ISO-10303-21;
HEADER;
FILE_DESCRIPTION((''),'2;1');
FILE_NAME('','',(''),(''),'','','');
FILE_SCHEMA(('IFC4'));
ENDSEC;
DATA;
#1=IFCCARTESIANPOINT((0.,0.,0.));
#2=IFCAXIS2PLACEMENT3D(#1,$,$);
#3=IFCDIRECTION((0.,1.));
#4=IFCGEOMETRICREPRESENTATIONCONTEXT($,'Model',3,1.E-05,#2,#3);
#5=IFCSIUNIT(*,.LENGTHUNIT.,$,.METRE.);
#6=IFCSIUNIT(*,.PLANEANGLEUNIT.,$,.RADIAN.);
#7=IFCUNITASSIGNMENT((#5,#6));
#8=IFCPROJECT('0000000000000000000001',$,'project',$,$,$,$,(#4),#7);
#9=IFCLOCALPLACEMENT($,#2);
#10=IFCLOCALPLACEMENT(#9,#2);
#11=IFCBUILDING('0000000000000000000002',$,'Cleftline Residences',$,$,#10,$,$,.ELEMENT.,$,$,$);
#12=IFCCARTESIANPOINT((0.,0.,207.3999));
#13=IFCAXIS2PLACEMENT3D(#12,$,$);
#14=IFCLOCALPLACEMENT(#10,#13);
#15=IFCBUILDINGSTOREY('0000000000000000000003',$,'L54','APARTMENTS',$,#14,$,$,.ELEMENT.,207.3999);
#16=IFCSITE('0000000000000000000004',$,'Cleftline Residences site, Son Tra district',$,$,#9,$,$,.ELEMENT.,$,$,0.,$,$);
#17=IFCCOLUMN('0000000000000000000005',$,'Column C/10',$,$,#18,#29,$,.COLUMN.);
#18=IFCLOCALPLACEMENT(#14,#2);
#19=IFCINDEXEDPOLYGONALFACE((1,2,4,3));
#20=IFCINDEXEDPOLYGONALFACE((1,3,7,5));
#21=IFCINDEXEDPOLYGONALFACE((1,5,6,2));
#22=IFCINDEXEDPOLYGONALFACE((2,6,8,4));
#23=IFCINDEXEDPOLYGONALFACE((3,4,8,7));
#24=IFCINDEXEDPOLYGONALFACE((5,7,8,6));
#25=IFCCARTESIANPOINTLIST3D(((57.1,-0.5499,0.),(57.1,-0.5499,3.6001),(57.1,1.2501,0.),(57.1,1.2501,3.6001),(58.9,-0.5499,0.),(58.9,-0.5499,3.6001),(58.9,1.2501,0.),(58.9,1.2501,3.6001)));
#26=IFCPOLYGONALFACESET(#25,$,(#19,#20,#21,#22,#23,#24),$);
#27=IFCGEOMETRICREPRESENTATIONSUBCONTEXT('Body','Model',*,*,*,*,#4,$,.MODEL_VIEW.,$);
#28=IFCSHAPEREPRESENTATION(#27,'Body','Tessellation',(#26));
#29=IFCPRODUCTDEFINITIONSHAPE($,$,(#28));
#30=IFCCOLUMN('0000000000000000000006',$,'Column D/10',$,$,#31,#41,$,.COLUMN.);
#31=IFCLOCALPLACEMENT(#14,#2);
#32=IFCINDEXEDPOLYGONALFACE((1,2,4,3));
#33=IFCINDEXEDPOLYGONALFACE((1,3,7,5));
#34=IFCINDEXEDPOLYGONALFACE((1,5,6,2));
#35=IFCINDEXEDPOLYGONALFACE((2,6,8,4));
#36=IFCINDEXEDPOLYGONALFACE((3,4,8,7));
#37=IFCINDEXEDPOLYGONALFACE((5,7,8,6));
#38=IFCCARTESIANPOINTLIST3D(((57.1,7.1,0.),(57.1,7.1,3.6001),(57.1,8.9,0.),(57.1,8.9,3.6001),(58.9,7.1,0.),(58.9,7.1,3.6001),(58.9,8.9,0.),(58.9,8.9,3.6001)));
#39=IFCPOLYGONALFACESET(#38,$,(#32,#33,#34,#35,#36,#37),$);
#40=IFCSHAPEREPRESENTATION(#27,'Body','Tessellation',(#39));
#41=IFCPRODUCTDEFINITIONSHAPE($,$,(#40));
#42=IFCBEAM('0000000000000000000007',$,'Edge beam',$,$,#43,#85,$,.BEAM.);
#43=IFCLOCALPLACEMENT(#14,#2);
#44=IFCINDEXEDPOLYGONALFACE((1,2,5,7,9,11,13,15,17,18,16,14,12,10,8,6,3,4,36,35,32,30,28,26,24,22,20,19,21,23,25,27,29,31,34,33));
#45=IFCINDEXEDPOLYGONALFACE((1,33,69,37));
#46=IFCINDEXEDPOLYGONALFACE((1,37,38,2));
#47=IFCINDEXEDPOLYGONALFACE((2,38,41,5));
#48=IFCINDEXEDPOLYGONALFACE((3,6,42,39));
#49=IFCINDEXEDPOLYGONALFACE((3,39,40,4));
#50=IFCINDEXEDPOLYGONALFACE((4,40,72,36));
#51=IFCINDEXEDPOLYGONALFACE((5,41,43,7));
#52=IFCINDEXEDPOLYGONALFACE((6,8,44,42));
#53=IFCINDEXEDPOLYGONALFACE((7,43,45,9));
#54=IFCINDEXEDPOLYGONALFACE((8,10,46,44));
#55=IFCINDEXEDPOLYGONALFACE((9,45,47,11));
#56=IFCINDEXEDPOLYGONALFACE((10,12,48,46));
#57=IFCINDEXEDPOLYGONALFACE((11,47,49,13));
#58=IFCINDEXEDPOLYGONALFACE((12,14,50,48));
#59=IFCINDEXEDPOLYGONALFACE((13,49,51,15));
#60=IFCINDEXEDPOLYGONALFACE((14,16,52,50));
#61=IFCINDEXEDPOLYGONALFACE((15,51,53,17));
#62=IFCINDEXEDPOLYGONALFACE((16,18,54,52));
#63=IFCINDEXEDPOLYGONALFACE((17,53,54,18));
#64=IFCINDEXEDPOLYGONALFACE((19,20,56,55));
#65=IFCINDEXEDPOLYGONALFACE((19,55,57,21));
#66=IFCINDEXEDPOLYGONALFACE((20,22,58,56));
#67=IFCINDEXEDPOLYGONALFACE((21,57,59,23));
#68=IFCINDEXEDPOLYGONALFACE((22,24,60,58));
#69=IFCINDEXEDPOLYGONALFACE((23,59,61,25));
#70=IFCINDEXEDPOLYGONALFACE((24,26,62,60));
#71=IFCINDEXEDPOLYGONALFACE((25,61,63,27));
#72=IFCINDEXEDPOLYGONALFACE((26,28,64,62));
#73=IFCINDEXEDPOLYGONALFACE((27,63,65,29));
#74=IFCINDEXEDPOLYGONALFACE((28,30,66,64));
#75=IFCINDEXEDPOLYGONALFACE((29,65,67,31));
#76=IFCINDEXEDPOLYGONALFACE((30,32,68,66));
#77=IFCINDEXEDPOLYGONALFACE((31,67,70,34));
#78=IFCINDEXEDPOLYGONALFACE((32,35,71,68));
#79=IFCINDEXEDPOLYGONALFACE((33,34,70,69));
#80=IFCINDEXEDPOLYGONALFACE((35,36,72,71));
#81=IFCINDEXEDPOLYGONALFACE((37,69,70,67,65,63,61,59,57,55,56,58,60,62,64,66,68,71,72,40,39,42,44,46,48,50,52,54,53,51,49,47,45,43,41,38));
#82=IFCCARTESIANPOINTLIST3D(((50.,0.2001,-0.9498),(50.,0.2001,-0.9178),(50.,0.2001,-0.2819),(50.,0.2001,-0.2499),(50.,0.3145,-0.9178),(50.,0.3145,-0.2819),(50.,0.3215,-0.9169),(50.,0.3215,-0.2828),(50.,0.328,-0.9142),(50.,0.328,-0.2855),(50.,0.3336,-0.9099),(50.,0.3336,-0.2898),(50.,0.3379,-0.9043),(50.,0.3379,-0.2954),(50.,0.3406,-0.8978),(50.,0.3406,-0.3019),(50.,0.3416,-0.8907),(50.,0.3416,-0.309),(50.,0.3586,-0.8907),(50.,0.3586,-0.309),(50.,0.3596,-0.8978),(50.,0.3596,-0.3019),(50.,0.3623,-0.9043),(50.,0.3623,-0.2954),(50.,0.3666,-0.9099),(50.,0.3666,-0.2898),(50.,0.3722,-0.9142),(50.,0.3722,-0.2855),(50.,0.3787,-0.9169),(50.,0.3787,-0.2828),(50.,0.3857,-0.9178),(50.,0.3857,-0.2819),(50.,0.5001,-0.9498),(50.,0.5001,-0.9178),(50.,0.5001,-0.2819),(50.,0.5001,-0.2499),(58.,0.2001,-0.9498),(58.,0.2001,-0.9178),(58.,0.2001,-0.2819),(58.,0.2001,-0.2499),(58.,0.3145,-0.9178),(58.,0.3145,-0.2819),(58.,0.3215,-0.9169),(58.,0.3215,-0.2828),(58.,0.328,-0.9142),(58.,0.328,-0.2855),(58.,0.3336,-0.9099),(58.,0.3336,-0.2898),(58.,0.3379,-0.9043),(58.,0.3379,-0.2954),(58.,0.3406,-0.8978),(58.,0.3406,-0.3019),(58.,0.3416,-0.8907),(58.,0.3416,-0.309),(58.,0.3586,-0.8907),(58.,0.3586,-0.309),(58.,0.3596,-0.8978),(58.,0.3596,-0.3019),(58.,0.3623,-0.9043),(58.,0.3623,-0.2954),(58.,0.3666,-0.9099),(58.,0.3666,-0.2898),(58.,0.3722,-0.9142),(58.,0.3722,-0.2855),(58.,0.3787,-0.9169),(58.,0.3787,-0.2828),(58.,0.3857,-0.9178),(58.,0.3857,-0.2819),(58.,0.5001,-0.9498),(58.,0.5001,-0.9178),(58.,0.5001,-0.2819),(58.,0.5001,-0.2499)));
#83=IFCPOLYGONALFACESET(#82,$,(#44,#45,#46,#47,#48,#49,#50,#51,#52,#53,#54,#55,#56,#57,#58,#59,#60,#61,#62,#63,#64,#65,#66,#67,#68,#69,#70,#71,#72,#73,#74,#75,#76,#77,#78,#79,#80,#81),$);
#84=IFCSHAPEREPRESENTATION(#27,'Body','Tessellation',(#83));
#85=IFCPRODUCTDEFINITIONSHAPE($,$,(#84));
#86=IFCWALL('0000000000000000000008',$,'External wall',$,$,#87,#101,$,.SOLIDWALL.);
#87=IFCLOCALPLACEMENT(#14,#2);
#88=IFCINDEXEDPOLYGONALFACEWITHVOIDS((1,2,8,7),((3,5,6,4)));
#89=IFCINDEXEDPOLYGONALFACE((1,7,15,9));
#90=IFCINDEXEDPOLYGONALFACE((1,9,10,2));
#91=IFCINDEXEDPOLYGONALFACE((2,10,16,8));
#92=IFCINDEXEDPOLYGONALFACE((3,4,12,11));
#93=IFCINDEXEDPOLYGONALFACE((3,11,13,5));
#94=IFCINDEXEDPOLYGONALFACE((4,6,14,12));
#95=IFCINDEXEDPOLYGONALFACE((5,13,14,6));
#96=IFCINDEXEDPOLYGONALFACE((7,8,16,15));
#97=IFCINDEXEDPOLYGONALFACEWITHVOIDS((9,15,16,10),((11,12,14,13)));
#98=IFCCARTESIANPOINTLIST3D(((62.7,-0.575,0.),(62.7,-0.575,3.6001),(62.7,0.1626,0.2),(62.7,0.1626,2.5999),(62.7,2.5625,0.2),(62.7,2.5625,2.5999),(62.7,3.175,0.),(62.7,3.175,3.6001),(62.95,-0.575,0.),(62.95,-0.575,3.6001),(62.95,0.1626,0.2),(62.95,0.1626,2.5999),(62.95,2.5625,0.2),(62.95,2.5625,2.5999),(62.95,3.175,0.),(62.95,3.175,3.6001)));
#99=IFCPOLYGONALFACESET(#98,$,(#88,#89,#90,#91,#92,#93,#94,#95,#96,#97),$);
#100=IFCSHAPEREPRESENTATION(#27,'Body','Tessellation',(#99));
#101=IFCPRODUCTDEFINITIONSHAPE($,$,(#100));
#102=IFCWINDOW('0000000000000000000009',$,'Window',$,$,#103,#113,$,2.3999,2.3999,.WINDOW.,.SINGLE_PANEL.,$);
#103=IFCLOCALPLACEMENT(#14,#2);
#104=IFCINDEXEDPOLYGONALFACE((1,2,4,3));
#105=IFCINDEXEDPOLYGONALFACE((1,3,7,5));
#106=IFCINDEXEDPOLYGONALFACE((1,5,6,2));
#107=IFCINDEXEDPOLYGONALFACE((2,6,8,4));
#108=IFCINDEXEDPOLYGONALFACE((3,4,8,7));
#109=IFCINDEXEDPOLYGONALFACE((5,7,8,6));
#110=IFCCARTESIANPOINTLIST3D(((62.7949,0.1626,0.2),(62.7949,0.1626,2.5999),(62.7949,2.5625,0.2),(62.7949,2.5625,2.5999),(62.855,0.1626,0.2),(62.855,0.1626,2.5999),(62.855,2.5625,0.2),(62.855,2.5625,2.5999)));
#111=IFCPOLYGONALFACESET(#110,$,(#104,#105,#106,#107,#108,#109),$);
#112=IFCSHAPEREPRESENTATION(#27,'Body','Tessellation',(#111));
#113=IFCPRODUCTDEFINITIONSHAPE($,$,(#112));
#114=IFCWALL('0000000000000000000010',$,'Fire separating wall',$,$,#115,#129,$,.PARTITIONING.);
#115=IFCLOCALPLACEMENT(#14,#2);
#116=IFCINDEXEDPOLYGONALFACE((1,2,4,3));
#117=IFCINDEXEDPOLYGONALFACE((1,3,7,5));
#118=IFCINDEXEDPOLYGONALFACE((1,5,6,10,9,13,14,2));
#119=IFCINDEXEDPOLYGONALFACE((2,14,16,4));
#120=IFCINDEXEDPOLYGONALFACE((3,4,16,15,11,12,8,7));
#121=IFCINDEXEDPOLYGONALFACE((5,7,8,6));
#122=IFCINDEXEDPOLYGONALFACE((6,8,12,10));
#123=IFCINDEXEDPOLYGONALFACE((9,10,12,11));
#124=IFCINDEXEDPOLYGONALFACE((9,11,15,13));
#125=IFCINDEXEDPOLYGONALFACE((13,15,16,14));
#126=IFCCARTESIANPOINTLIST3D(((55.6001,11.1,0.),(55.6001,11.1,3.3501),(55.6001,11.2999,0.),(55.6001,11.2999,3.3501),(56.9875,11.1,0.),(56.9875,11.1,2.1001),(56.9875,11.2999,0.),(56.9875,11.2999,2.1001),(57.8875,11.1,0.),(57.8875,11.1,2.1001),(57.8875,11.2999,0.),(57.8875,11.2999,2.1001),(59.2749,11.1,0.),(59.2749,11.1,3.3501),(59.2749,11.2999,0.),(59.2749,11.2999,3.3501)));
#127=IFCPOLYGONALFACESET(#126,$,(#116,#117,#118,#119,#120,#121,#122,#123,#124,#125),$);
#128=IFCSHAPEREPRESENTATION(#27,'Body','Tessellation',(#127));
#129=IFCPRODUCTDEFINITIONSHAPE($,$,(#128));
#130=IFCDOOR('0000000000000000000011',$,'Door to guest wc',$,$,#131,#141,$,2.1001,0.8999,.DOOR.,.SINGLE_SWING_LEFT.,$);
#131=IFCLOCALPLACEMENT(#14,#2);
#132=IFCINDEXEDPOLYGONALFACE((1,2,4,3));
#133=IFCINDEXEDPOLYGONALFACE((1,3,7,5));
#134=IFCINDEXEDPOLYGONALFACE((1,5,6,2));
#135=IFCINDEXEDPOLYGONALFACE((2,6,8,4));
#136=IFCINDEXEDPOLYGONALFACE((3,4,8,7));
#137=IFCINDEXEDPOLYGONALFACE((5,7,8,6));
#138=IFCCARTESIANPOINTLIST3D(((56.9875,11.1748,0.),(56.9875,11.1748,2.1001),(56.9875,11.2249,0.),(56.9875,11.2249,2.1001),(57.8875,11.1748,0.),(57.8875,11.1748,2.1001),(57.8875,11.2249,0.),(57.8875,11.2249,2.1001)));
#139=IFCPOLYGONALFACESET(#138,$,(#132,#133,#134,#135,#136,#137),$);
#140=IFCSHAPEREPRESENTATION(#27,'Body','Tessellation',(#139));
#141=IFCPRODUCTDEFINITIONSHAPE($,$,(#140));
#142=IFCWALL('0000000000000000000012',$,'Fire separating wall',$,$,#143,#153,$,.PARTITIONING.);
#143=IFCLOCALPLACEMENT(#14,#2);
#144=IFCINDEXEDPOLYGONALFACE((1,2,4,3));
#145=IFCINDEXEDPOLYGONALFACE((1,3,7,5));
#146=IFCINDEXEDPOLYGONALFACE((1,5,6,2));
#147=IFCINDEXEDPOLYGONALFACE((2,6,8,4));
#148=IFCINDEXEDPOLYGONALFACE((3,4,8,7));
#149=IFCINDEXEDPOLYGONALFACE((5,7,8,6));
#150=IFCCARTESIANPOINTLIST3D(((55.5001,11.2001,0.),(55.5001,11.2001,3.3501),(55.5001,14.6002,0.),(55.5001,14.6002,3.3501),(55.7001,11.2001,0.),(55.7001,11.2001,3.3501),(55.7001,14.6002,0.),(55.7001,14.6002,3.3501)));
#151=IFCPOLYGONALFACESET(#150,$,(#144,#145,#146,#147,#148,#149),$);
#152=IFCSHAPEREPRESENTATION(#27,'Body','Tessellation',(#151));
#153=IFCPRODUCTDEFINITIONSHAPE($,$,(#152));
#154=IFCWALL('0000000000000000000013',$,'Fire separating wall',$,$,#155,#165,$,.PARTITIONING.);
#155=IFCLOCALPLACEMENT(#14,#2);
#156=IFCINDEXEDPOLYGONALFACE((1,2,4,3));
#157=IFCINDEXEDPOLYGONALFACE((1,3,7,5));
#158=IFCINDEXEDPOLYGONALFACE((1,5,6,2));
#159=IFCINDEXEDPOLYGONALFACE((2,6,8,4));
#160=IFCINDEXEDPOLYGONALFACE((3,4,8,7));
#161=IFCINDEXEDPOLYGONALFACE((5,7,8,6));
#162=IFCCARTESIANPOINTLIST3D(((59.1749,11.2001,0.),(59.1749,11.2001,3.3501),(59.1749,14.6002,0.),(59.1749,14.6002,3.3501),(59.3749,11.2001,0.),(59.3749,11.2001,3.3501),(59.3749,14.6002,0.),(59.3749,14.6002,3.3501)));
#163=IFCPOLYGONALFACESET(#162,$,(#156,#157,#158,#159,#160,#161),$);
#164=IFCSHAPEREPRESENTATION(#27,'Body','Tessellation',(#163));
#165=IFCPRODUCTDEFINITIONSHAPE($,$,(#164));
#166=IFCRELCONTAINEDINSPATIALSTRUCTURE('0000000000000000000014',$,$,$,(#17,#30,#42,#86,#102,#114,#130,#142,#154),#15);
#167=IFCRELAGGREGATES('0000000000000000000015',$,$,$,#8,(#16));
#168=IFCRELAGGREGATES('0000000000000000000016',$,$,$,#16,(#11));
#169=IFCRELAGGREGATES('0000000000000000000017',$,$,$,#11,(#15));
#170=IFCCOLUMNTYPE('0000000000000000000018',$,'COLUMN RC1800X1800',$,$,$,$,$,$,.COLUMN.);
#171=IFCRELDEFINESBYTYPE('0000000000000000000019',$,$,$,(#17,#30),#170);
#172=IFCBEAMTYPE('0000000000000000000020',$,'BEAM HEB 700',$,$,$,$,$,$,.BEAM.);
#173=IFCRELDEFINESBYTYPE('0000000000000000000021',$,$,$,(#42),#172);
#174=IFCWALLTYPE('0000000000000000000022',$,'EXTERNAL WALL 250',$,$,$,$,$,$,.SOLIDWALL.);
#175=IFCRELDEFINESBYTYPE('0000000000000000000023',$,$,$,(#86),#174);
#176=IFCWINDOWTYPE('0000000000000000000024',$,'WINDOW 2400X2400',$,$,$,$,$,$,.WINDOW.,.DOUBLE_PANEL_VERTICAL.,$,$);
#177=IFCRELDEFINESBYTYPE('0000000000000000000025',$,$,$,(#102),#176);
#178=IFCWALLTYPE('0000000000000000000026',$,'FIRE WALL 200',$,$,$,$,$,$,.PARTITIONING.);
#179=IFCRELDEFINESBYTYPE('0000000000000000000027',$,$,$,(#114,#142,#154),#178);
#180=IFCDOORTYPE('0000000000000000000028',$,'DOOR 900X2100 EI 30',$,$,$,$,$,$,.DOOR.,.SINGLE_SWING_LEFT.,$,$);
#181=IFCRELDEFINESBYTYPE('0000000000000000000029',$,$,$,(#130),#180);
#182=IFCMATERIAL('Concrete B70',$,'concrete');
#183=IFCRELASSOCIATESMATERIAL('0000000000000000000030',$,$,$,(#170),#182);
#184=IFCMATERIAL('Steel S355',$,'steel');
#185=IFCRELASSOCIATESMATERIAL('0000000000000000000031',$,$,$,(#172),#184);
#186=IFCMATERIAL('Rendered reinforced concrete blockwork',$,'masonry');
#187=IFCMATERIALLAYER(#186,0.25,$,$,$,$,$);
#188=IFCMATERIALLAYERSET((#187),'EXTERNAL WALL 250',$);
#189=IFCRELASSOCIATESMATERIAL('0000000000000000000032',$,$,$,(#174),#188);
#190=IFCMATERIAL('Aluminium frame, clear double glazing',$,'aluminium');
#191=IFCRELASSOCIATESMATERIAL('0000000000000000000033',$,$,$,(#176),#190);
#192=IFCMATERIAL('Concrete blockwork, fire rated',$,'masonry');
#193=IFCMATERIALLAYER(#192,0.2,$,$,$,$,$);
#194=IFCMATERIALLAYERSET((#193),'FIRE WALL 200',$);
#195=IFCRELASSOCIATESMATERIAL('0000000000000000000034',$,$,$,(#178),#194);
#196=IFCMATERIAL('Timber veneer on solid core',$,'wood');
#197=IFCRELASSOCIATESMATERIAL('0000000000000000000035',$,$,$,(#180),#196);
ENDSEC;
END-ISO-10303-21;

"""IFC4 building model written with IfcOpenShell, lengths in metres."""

from ifc_helpers import new_model, si_unit, direction, frame, frame_2d, origin, origin_2d, place, context, subcontext, project, spatial, rectangle, i_section, extrude, material, layer, layer_set, material_profile, profile_set, type_object, element, fill, save


model = new_model("IFC4")

# Units and contexts
model_context = context("Model", 3, precision=1e-05, world=origin(), true_north=direction((0.0, 1.0)))
body_context = subcontext(model_context, "Body", "Model", "MODEL_VIEW")
ifc_project = project(units=[si_unit("LENGTHUNIT", "METRE"), si_unit("PLANEANGLEUNIT", "RADIAN")], contexts=[model_context])

# Site, building, storey
site_placement = place(None, origin())
site = spatial("IfcSite", under=ifc_project, at=site_placement, Name="Cleftline Residences site, Son Tra district", CompositionType="ELEMENT", RefElevation=0.0)
building_placement = place(site_placement, origin())
building = spatial("IfcBuilding", under=site, at=building_placement, Name="Cleftline Residences", CompositionType="ELEMENT")
storey_placement = place(building_placement, frame((0.0, 0.0, 207.3999)))
storey = spatial("IfcBuildingStorey", under=building, at=storey_placement, Name="L54", Description="APARTMENTS", CompositionType="ELEMENT", Elevation=207.3999)

# Columns
ifc_material_1 = material(Name="Concrete B70", Category="concrete")
ifc_material_profile_1 = material_profile(ifc_material_1, rectangle(XDim=1.8, YDim=1.8, at=origin_2d()))
ifc_profile_set_1 = profile_set([ifc_material_profile_1], Name="Concrete B70")
column_type = type_object("IfcColumnType", Name="COLUMN RC1800X1800", PredefinedType="COLUMN", material=ifc_profile_set_1)
for number, where, z_axis, x_axis, name in (
    (1, (58.0, 0.3501, 0.0), (0.0, 0.0, 1.0), (1.0, 0.0, 0.0), "Column C/10"),
    (2, (58.0, 8.0, 0.0), (0.0, 0.0, 1.0), (1.0, 0.0, 0.0), "Column D/10"),
):
    element("IfcColumn", number, at=place(storey_placement, frame(where, z_axis=z_axis, x_axis=x_axis)), inside=storey, type_object=column_type, Name=name, PredefinedType="COLUMN", context=body_context, shape_type="SweptSolid", body=[
        extrude(rectangle(XDim=1.8, YDim=1.8, at=origin_2d()), origin(), (0.0, 0.0, 1.0), 3.6001),
    ])

# Beam
ifc_material_2 = material(Name="Steel S355", Category="steel")
ifc_material_profile_2 = material_profile(ifc_material_2, i_section(OverallWidth=0.3, OverallDepth=0.7, WebThickness=0.0171, FlangeThickness=0.032, FilletRadius=0.0271, at=origin_2d()))
ifc_profile_set_2 = profile_set([ifc_material_profile_2], Name="Steel S355")
beam_type = type_object("IfcBeamType", Name="BEAM HEB 700", PredefinedType="BEAM", material=ifc_profile_set_2)
beam_placement = place(storey_placement, frame((58.0, 0.3501, -0.5999), z_axis=(-1.0, 0.0, 0.0), x_axis=(0.0, -1.0, 0.0)))
element("IfcBeam", 3, at=beam_placement, inside=storey, type_object=beam_type, Name="Edge beam", PredefinedType="BEAM", context=body_context, shape_type="SweptSolid", body=[
    extrude(i_section(OverallWidth=0.3, OverallDepth=0.7, WebThickness=0.0171, FlangeThickness=0.032, FilletRadius=0.0271, at=origin_2d()), origin(), (0.0, 0.0, 1.0), 8.0),
])

# Wall, opening, window
ifc_material_3 = material(Name="Rendered reinforced concrete blockwork", Category="masonry")
ifc_layer_1 = layer(ifc_material_3, 0.25)
ifc_layer_set_1 = layer_set([ifc_layer_1], Name="EXTERNAL WALL 250")
wall_type_1 = type_object("IfcWallType", Name="EXTERNAL WALL 250", PredefinedType="SOLIDWALL", material=ifc_layer_set_1)
wall_1_placement = place(storey_placement, frame((62.825, -0.575, 0.0), z_axis=(0.0, 0.0, 1.0), x_axis=(0.0, 1.0, 0.0)))
wall_1 = element("IfcWall", 4, at=wall_1_placement, inside=storey, type_object=wall_type_1, Name="External wall", PredefinedType="SOLIDWALL", context=body_context, shape_type="SweptSolid", body=[
    extrude(rectangle(XDim=3.75, YDim=0.25, at=frame_2d((1.875, 0.0))), origin(), (0.0, 0.0, 1.0), 3.6001),
])
opening_1_placement = place(wall_1_placement, frame((0.7375, 0.0, 0.2)))
opening_1 = element("IfcOpeningElement", 5, at=opening_1_placement, cuts=wall_1, PredefinedType="OPENING", context=body_context, shape_type="SweptSolid", body=[
    extrude(rectangle(XDim=2.3999, YDim=2.3999, at=frame_2d((1.2, 1.2))), frame((0.0, 0.135, 0.0), z_axis=(0.0, -1.0, 0.0), x_axis=(1.0, 0.0, 0.0)), (0.0, 0.0, 1.0), 0.27),
])
ifc_material_4 = material(Name="Aluminium frame, clear double glazing", Category="aluminium")
window_type = type_object("IfcWindowType", Name="WINDOW 2400X2400", PartitioningType="DOUBLE_PANEL_VERTICAL", PredefinedType="WINDOW", material=ifc_material_4)
window_placement = place(opening_1_placement, origin())
window = element("IfcWindow", 6, at=window_placement, inside=storey, type_object=window_type, Name="Window", OverallHeight=2.3999, OverallWidth=2.3999, PartitioningType="SINGLE_PANEL", PredefinedType="WINDOW", context=body_context, shape_type="SweptSolid", body=[
    extrude(rectangle(XDim=2.3999, YDim=2.3999, at=frame_2d((1.2, 1.2))), frame((0.0, 0.03, 0.0), z_axis=(0.0, -1.0, 0.0), x_axis=(1.0, 0.0, 0.0)), (0.0, 0.0, 1.0), 0.0601),
])
fill(opening_1, window)

# Wall, opening, door
ifc_material_5 = material(Name="Concrete blockwork, fire rated", Category="masonry")
ifc_layer_2 = layer(ifc_material_5, 0.2)
ifc_layer_set_2 = layer_set([ifc_layer_2], Name="FIRE WALL 200")
wall_type_2 = type_object("IfcWallType", Name="FIRE WALL 200", PredefinedType="PARTITIONING", material=ifc_layer_set_2)
wall_2_placement = place(storey_placement, frame((55.6001, 11.2, 0.0), z_axis=(0.0, 0.0, 1.0), x_axis=(1.0, 0.0, 0.0)))
wall_2 = element("IfcWall", 7, at=wall_2_placement, inside=storey, type_object=wall_type_2, Name="Fire separating wall", PredefinedType="PARTITIONING", context=body_context, shape_type="SweptSolid", body=[
    extrude(rectangle(XDim=3.6748, YDim=0.2, at=frame_2d((1.8374, 0.0))), origin(), (0.0, 0.0, 1.0), 3.3501),
])
opening_2_placement = place(wall_2_placement, frame((1.3875, 0.0, 0.0)))
opening_2 = element("IfcOpeningElement", 8, at=opening_2_placement, cuts=wall_2, PredefinedType="OPENING", context=body_context, shape_type="SweptSolid", body=[
    extrude(rectangle(XDim=0.8999, YDim=2.1001, at=frame_2d((0.45, 1.05))), frame((0.0, 0.1099, 0.0), z_axis=(0.0, -1.0, 0.0), x_axis=(1.0, 0.0, 0.0)), (0.0, 0.0, 1.0), 0.22),
])
ifc_material_6 = material(Name="Timber veneer on solid core", Category="wood")
door_type_1 = type_object("IfcDoorType", Name="DOOR 900X2100 EI 30", OperationType="SINGLE_SWING_LEFT", PredefinedType="DOOR", material=ifc_material_6)
door_1_placement = place(opening_2_placement, origin())
door_1 = element("IfcDoor", 9, at=door_1_placement, inside=storey, type_object=door_type_1, Name="Door to guest wc", OperationType="SINGLE_SWING_LEFT", OverallHeight=2.1001, OverallWidth=0.8999, PredefinedType="DOOR", context=body_context, shape_type="SweptSolid", body=[
    extrude(rectangle(XDim=0.8999, YDim=2.1001, at=frame_2d((0.45, 1.05))), frame((0.0, 0.0249, 0.0), z_axis=(0.0, -1.0, 0.0), x_axis=(1.0, 0.0, 0.0)), (0.0, 0.0, 1.0), 0.05),
])
fill(opening_2, door_1)

# Walls
for number, where, z_axis, x_axis, name in (
    (10, (55.6001, 11.2, 0.0), (0.0, 0.0, 1.0), (0.0, 1.0, 0.0), "Fire separating wall"),
    (11, (59.2749, 11.2, 0.0), (0.0, 0.0, 1.0), (0.0, 1.0, 0.0), "Fire separating wall"),
):
    element("IfcWall", number, at=place(storey_placement, frame(where, z_axis=z_axis, x_axis=x_axis)), inside=storey, type_object=wall_type_2, Name=name, PredefinedType="PARTITIONING", context=body_context, shape_type="SweptSolid", body=[
        extrude(rectangle(XDim=3.4001, YDim=0.2, at=frame_2d((1.7002, 0.0))), origin(), (0.0, 0.0, 1.0), 3.3501),
    ])

save(model, "model.ifc")
